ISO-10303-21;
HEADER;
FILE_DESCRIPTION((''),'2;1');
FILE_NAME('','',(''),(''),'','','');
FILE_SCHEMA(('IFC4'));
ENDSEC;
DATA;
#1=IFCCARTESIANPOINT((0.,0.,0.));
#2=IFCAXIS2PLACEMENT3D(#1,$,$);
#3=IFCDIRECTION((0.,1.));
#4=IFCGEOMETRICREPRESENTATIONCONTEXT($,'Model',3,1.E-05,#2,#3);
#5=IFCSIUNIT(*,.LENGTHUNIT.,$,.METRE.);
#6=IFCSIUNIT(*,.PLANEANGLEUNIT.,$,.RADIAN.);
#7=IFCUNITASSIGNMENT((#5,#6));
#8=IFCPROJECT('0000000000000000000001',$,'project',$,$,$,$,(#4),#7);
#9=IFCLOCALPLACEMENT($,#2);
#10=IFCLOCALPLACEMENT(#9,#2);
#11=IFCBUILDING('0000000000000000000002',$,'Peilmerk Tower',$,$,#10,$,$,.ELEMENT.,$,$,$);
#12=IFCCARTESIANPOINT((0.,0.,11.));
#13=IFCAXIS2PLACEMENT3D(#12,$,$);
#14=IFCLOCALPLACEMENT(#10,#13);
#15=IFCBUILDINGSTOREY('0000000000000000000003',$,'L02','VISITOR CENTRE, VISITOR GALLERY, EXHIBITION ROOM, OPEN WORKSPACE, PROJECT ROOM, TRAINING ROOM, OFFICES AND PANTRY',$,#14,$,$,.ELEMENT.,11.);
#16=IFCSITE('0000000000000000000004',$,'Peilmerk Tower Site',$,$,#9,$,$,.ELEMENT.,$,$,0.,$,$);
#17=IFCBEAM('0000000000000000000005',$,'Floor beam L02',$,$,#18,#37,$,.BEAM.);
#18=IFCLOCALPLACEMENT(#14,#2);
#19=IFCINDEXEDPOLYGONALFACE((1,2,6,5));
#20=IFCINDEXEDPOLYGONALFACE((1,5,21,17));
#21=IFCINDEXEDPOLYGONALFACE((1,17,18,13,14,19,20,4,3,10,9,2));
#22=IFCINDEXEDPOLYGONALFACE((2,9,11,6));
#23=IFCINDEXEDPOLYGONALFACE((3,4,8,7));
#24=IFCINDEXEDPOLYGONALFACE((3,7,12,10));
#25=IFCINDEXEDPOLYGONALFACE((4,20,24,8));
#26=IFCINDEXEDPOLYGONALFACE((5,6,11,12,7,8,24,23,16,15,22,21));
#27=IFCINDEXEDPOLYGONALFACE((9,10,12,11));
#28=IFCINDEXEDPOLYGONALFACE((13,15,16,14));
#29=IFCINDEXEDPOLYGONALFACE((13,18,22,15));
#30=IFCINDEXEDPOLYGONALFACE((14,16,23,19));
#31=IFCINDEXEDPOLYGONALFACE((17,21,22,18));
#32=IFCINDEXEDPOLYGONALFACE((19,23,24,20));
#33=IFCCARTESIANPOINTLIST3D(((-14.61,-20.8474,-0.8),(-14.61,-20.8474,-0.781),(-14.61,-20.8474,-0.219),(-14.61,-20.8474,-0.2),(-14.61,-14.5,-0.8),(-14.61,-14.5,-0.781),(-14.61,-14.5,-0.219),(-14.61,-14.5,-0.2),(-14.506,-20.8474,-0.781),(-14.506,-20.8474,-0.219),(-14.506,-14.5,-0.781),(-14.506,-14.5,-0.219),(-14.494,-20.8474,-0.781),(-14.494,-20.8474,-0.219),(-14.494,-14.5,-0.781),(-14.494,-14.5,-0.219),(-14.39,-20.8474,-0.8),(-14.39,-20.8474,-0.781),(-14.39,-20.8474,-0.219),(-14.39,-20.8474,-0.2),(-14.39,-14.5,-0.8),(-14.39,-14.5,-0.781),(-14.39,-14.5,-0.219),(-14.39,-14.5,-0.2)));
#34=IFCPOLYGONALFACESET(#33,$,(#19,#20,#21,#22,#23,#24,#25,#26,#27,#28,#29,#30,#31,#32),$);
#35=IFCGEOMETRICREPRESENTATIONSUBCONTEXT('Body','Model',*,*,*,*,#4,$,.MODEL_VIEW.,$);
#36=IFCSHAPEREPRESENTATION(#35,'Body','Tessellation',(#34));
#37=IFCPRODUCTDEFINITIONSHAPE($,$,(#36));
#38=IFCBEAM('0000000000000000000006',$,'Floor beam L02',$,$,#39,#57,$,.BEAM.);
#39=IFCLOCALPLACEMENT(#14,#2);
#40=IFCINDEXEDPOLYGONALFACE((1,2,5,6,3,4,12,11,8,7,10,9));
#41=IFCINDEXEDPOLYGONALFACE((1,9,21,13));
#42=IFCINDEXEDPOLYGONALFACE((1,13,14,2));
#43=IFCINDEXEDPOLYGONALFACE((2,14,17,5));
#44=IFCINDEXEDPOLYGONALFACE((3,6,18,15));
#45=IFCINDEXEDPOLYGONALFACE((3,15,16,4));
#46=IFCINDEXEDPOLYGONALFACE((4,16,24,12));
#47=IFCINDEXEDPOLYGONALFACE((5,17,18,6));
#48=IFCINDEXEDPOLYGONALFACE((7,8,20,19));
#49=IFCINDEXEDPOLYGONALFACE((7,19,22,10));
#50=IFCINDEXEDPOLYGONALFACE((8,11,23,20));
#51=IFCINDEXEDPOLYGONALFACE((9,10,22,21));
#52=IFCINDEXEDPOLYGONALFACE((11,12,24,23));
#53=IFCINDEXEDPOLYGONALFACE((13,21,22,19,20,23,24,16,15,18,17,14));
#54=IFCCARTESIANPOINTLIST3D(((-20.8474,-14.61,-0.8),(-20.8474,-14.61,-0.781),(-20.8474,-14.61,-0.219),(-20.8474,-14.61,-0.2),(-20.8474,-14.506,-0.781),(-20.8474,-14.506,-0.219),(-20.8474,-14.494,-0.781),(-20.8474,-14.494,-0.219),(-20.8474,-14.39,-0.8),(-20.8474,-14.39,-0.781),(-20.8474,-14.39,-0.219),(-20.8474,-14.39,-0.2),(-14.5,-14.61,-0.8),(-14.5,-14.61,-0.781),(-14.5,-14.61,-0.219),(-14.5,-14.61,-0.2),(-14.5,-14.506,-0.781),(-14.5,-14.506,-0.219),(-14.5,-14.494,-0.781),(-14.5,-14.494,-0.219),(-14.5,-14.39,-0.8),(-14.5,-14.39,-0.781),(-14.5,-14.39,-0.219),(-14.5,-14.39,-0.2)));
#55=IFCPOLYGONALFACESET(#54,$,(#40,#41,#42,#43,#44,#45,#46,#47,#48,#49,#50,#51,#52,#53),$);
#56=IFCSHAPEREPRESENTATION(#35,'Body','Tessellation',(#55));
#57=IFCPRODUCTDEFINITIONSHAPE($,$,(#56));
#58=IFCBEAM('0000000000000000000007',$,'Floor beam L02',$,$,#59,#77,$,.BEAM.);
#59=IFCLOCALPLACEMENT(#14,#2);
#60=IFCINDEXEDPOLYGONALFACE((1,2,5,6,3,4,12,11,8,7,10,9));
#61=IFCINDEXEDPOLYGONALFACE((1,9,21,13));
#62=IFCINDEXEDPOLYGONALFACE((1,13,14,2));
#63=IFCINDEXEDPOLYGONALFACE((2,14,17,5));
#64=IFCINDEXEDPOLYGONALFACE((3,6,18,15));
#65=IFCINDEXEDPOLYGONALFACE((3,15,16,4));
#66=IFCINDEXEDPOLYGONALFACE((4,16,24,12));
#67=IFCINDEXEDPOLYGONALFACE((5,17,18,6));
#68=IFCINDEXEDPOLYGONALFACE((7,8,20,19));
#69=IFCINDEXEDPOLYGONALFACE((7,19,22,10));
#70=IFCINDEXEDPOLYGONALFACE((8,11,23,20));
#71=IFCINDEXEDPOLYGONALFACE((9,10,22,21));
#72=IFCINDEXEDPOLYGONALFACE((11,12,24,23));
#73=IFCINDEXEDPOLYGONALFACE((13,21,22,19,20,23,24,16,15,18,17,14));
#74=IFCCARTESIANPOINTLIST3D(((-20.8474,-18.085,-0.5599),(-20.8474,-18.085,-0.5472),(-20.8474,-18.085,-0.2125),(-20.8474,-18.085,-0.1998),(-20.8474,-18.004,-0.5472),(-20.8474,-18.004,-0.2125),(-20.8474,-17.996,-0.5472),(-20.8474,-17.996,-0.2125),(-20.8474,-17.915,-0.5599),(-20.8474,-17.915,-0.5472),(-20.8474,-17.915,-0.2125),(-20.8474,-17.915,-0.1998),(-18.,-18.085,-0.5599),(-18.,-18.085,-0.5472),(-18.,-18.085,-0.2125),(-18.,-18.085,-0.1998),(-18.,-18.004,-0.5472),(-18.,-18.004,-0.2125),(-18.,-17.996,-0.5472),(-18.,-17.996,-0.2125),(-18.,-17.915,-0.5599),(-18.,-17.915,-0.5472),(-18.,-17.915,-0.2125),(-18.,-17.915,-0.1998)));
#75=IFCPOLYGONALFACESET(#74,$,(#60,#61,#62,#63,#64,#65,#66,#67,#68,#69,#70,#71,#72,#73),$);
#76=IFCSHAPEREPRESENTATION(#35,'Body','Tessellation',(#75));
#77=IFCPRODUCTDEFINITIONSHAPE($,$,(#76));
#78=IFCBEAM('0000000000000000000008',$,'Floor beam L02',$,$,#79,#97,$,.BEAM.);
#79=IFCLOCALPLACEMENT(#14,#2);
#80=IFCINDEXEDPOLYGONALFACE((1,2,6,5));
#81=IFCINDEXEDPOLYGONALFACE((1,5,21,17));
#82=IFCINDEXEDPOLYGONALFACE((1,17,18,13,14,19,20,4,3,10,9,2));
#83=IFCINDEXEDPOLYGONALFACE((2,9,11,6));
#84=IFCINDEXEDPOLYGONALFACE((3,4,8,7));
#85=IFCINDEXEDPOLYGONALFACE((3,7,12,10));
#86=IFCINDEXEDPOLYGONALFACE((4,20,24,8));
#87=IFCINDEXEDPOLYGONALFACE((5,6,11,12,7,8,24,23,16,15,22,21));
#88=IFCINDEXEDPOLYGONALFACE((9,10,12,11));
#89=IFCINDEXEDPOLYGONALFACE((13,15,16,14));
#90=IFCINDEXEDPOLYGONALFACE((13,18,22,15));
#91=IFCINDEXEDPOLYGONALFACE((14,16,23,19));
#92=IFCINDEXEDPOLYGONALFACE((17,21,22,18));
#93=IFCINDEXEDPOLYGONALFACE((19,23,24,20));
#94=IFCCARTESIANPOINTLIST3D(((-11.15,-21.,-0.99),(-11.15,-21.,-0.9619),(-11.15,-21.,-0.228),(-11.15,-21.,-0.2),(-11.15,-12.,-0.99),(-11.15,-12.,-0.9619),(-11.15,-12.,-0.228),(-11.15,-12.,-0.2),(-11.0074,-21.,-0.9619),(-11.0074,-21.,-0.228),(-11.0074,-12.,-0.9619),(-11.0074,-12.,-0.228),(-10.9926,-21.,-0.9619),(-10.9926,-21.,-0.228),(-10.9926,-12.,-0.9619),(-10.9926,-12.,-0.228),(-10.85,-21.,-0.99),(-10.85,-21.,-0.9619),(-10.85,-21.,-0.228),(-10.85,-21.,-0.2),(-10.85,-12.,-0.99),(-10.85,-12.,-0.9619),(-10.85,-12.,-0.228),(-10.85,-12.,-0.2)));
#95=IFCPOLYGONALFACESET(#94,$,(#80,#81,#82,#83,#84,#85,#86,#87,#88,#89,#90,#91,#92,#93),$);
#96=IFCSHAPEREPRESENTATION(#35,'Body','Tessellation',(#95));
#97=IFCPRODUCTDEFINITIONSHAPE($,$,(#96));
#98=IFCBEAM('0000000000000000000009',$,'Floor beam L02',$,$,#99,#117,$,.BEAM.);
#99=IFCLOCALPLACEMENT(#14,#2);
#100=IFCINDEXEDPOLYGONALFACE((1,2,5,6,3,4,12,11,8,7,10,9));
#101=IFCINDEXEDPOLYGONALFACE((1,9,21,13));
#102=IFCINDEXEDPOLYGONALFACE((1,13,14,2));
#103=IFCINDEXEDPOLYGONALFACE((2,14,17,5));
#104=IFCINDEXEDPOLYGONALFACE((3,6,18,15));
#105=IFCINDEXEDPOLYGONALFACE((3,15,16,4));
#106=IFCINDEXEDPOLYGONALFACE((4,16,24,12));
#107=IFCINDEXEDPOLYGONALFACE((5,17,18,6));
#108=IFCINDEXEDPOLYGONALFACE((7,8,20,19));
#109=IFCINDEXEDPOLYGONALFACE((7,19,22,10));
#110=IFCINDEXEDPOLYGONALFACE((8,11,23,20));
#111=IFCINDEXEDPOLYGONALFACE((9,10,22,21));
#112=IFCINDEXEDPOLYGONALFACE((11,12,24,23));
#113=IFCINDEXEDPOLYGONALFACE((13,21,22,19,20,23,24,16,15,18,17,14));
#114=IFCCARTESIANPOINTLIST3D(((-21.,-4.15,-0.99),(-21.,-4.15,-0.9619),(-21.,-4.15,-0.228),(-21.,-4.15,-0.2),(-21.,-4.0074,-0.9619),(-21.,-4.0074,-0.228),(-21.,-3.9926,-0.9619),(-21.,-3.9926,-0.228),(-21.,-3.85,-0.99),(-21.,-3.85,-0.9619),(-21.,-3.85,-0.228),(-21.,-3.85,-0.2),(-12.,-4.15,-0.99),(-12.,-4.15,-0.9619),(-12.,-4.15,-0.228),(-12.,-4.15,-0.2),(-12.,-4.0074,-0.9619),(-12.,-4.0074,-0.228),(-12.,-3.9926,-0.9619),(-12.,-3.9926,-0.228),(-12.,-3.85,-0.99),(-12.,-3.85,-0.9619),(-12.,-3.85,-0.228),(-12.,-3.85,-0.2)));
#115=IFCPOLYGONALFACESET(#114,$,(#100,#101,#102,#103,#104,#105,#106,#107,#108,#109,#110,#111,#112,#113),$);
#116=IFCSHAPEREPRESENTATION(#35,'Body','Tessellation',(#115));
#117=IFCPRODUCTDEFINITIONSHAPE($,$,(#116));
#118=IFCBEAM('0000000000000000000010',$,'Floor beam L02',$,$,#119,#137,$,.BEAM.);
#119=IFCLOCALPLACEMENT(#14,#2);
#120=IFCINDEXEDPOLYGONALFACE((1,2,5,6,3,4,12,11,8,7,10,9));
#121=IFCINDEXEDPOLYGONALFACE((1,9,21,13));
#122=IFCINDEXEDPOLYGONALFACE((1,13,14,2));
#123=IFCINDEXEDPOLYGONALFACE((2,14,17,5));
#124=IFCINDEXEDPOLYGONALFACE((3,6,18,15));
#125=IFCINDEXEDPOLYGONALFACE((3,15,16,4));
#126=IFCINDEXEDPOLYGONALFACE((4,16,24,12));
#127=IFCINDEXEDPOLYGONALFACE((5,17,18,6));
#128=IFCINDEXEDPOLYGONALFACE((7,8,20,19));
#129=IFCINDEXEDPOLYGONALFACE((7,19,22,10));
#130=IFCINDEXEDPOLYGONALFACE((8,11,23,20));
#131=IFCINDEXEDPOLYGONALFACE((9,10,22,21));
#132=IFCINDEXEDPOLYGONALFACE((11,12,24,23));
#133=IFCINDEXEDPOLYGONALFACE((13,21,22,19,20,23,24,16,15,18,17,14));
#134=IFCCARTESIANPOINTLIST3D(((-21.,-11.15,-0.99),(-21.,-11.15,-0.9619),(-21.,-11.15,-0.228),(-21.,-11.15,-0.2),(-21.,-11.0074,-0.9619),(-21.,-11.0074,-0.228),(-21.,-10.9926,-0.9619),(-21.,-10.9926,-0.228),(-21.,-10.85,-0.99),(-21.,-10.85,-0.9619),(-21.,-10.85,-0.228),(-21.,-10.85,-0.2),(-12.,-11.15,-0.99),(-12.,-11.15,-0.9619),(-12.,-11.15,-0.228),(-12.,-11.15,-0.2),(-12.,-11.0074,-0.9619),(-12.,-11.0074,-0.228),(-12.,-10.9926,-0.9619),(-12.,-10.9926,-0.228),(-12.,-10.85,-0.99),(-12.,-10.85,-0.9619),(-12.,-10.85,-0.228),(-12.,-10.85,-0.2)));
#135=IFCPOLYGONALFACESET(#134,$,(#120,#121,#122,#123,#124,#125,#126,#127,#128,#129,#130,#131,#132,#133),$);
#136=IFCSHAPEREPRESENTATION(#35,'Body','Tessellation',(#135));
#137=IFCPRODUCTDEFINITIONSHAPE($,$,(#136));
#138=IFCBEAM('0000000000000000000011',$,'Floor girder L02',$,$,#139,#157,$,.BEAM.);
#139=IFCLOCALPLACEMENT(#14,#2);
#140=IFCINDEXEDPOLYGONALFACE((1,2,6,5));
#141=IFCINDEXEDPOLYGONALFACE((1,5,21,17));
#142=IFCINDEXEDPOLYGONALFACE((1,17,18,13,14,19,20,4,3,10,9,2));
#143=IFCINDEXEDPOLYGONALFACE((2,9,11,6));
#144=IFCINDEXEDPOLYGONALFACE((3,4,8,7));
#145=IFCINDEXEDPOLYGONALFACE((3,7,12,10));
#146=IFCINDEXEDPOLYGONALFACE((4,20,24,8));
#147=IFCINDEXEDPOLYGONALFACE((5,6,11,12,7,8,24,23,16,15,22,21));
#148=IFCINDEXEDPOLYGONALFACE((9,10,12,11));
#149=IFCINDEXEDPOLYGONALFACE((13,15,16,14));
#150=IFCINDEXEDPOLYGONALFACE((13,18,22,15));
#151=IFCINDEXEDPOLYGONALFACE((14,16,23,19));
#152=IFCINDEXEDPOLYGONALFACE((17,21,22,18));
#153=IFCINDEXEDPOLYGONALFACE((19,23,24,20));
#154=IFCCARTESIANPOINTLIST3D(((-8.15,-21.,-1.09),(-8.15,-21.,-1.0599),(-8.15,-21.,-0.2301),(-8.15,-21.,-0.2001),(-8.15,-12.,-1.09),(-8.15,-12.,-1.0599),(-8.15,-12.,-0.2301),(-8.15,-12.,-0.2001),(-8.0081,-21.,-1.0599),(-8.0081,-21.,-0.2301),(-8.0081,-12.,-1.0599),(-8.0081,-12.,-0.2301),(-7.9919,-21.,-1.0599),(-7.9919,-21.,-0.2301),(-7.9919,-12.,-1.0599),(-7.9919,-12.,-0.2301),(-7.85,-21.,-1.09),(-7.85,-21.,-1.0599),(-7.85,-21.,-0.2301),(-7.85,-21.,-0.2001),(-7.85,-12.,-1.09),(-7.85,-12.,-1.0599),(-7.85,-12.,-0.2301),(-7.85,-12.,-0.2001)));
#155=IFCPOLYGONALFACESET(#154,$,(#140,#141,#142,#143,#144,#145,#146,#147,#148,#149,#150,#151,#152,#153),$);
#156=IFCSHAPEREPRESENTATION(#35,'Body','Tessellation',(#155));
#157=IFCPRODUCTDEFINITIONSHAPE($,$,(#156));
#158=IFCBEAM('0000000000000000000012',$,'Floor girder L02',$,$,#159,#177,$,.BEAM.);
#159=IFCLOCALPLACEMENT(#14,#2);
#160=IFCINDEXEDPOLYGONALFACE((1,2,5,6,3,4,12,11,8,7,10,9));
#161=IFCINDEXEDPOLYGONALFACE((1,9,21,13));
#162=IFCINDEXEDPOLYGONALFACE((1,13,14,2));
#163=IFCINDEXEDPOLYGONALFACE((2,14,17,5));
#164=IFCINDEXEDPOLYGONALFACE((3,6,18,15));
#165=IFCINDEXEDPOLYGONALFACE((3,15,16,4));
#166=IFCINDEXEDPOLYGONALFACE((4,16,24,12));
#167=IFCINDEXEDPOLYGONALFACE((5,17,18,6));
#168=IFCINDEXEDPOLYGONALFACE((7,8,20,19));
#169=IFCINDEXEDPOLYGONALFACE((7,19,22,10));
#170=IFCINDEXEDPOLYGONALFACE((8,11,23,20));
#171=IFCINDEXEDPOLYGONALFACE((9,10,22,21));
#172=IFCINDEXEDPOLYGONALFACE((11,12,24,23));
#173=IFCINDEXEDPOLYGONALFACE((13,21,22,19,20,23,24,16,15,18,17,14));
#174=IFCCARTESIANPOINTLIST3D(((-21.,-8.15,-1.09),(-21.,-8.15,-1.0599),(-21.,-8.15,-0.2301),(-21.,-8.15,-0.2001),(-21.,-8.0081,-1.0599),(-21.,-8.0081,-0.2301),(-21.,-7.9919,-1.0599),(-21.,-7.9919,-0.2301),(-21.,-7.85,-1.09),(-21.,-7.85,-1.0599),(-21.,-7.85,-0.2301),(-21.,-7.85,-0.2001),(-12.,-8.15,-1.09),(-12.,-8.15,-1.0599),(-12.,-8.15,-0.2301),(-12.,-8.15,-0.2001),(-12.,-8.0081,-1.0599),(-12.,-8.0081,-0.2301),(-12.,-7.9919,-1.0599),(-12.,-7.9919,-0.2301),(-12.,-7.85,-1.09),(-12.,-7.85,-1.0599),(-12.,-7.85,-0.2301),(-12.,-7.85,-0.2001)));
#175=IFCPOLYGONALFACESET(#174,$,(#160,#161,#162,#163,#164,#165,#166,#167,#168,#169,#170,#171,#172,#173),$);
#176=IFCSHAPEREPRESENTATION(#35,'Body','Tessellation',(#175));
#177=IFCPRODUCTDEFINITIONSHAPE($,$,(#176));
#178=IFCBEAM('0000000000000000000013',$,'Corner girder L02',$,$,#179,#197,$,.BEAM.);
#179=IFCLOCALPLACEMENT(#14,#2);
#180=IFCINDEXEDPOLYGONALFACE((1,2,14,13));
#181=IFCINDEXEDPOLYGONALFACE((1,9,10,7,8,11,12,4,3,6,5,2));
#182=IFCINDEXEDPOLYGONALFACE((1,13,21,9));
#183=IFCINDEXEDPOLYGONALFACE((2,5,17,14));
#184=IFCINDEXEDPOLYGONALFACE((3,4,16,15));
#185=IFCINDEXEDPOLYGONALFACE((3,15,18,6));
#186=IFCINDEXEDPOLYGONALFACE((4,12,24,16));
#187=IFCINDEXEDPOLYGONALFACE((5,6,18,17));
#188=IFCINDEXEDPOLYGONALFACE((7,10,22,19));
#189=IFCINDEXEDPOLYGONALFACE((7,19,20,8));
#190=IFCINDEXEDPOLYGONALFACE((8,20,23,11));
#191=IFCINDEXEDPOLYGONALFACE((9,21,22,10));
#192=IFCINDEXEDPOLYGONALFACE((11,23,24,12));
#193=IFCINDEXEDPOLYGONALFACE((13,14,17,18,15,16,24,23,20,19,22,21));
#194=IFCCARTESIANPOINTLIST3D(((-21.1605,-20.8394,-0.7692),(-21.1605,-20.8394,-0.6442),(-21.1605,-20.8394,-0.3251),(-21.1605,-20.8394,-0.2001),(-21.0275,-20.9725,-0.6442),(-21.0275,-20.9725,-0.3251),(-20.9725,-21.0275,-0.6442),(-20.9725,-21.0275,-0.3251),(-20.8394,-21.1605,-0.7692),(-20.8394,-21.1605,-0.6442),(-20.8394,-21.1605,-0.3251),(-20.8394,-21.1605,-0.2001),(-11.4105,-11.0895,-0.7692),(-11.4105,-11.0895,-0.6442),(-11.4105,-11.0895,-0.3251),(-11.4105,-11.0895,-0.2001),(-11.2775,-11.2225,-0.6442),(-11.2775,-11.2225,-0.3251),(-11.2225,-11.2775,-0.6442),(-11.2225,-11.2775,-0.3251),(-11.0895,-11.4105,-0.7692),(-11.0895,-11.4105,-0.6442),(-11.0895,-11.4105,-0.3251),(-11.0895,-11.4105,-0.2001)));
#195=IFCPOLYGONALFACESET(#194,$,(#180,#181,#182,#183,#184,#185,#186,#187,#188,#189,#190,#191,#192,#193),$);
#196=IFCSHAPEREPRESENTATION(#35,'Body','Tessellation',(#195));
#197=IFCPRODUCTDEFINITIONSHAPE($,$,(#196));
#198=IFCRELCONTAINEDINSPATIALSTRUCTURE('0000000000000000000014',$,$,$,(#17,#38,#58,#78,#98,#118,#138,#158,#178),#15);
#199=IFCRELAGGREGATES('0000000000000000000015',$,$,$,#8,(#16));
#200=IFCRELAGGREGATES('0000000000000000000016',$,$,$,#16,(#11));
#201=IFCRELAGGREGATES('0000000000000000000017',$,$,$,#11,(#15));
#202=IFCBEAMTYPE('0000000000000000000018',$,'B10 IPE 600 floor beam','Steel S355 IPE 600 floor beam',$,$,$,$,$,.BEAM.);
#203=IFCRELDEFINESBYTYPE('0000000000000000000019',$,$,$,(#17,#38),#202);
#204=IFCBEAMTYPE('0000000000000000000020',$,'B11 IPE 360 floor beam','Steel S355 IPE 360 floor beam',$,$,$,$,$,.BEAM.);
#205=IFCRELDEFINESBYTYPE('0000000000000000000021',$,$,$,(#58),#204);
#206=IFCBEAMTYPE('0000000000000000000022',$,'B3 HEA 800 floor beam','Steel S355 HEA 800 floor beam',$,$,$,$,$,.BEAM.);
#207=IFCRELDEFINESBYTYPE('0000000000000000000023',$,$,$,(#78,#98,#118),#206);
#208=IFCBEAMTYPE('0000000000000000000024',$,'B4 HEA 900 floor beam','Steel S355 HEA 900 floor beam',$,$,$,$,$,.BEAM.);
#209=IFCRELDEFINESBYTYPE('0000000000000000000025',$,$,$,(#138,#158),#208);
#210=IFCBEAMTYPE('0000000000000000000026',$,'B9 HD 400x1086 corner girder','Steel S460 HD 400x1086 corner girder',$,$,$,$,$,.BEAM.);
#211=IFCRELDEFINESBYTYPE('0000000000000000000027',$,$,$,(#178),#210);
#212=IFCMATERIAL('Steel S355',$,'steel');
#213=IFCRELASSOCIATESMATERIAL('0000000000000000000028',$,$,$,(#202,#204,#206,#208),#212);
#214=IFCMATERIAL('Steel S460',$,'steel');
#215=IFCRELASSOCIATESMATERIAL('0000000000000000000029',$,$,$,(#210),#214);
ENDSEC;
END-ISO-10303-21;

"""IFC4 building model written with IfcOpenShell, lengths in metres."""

from ifc_helpers import new_model, si_unit, direction, frame, origin, origin_2d, place, context, subcontext, project, spatial, i_section, extrude, material, material_profile, profile_set, type_object, element, save


model = new_model("IFC4")

# Units and contexts
model_context = context("Model", 3, precision=1e-05, world=origin(), true_north=direction((0.0, 1.0)))
body_context = subcontext(model_context, "Body", "Model", "MODEL_VIEW")
ifc_project = project(units=[si_unit("LENGTHUNIT", "METRE"), si_unit("PLANEANGLEUNIT", "RADIAN")], contexts=[model_context])

# Site, building, storey
site_placement = place(None, origin())
site = spatial("IfcSite", under=ifc_project, at=site_placement, Name="Peilmerk Tower Site", CompositionType="ELEMENT", RefElevation=0.0)
building_placement = place(site_placement, origin())
building = spatial("IfcBuilding", under=site, at=building_placement, Name="Peilmerk Tower", CompositionType="ELEMENT")
storey_placement = place(building_placement, frame((0.0, 0.0, 11.0)))
storey = spatial("IfcBuildingStorey", under=building, at=storey_placement, Name="L02", Description="VISITOR CENTRE, VISITOR GALLERY, EXHIBITION ROOM, OPEN WORKSPACE, PROJECT ROOM, TRAINING ROOM, OFFICES AND PANTRY", CompositionType="ELEMENT", Elevation=11.0)

# Beams
ifc_material_1 = material(Name="Steel S355", Category="steel")
ifc_material_profile_1 = material_profile(ifc_material_1, i_section(OverallWidth=0.22, OverallDepth=0.6001, WebThickness=0.012, FlangeThickness=0.019, at=origin_2d()), Name="IPE 600")
ifc_profile_set_1 = profile_set([ifc_material_profile_1], Name="Steel S355")
beam_type_1 = type_object("IfcBeamType", Name="B10 IPE 600 floor beam", Description="Steel S355 IPE 600 floor beam", PredefinedType="BEAM", material=ifc_profile_set_1)
for number, where, z_axis, x_axis, name in (
    (1, (-14.5, -14.5, -0.5), (0.0, -1.0, 0.0), (1.0, 0.0, 0.0), "Floor beam L02"),
    (2, (-14.5, -14.5, -0.5), (-1.0, 0.0, 0.0), (0.0, -1.0, 0.0), "Floor beam L02"),
):
    element("IfcBeam", number, at=place(storey_placement, frame(where, z_axis=z_axis, x_axis=x_axis)), inside=storey, type_object=beam_type_1, Name=name, PredefinedType="BEAM", context=body_context, shape_type="SweptSolid", body=[
        extrude(i_section(OverallWidth=0.22, OverallDepth=0.6001, WebThickness=0.012, FlangeThickness=0.019, at=origin_2d()), origin(), (0.0, 0.0, 1.0), 6.3474),
    ])
ifc_material_profile_2 = material_profile(ifc_material_1, i_section(OverallWidth=0.1699, OverallDepth=0.3601, WebThickness=0.0081, FlangeThickness=0.0127, at=origin_2d()), Name="IPE 360")
ifc_profile_set_2 = profile_set([ifc_material_profile_2], Name="Steel S355")
beam_type_2 = type_object("IfcBeamType", Name="B11 IPE 360 floor beam", Description="Steel S355 IPE 360 floor beam", PredefinedType="BEAM", material=ifc_profile_set_2)
beam_1_placement = place(storey_placement, frame((-18.0, -18.0, -0.3799), z_axis=(-1.0, 0.0, 0.0), x_axis=(0.0, -1.0, 0.0)))
element("IfcBeam", 3, at=beam_1_placement, inside=storey, type_object=beam_type_2, Name="Floor beam L02", PredefinedType="BEAM", context=body_context, shape_type="SweptSolid", body=[
    extrude(i_section(OverallWidth=0.1699, OverallDepth=0.3601, WebThickness=0.0081, FlangeThickness=0.0127, at=origin_2d()), origin(), (0.0, 0.0, 1.0), 2.8474),
])
ifc_material_profile_3 = material_profile(ifc_material_1, i_section(OverallWidth=0.3, OverallDepth=0.79, WebThickness=0.0149, FlangeThickness=0.0281, at=origin_2d()), Name="HEA 800")
ifc_profile_set_3 = profile_set([ifc_material_profile_3], Name="Steel S355")
beam_type_3 = type_object("IfcBeamType", Name="B3 HEA 800 floor beam", Description="Steel S355 HEA 800 floor beam", PredefinedType="BEAM", material=ifc_profile_set_3)
for number, where, z_axis, x_axis, name in (
    (4, (-11.0, -12.0, -0.595), (0.0, -1.0, 0.0), (1.0, 0.0, 0.0), "Floor beam L02"),
    (5, (-12.0, -4.0, -0.595), (-1.0, 0.0, 0.0), (0.0, -1.0, 0.0), "Floor beam L02"),
    (6, (-12.0, -11.0, -0.595), (-1.0, 0.0, 0.0), (0.0, -1.0, 0.0), "Floor beam L02"),
):
    element("IfcBeam", number, at=place(storey_placement, frame(where, z_axis=z_axis, x_axis=x_axis)), inside=storey, type_object=beam_type_3, Name=name, PredefinedType="BEAM", context=body_context, shape_type="SweptSolid", body=[
        extrude(i_section(OverallWidth=0.3, OverallDepth=0.79, WebThickness=0.0149, FlangeThickness=0.0281, at=origin_2d()), origin(), (0.0, 0.0, 1.0), 9.0),
    ])
ifc_material_profile_4 = material_profile(ifc_material_1, i_section(OverallWidth=0.3, OverallDepth=0.8899, WebThickness=0.0161, FlangeThickness=0.03, at=origin_2d()), Name="HEA 900")
ifc_profile_set_4 = profile_set([ifc_material_profile_4], Name="Steel S355")
beam_type_4 = type_object("IfcBeamType", Name="B4 HEA 900 floor beam", Description="Steel S355 HEA 900 floor beam", PredefinedType="BEAM", material=ifc_profile_set_4)
for number, where, z_axis, x_axis, name in (
    (7, (-8.0, -12.0, -0.645), (0.0, -1.0, 0.0), (1.0, 0.0, 0.0), "Floor girder L02"),
    (8, (-12.0, -8.0, -0.645), (-1.0, 0.0, 0.0), (0.0, -1.0, 0.0), "Floor girder L02"),
):
    element("IfcBeam", number, at=place(storey_placement, frame(where, z_axis=z_axis, x_axis=x_axis)), inside=storey, type_object=beam_type_4, Name=name, PredefinedType="BEAM", context=body_context, shape_type="SweptSolid", body=[
        extrude(i_section(OverallWidth=0.3, OverallDepth=0.8899, WebThickness=0.0161, FlangeThickness=0.03, at=origin_2d()), origin(), (0.0, 0.0, 1.0), 9.0),
    ])
ifc_material_2 = material(Name="Steel S460", Category="steel")
ifc_material_profile_5 = material_profile(ifc_material_2, i_section(OverallWidth=0.4541, OverallDepth=0.5691, WebThickness=0.0779, FlangeThickness=0.125, at=origin_2d()), Name="HD 400x1086")
ifc_profile_set_5 = profile_set([ifc_material_profile_5], Name="Steel S460")
beam_type_5 = type_object("IfcBeamType", Name="B9 HD 400x1086 corner girder", Description="Steel S460 HD 400x1086 corner girder", PredefinedType="BEAM", material=ifc_profile_set_5)
beam_2_placement = place(storey_placement, frame((-11.25, -11.25, -0.4846), z_axis=(-0.707107, -0.707107, 0.0), x_axis=(0.707107, -0.707107, 0.0)))
element("IfcBeam", 9, at=beam_2_placement, inside=storey, type_object=beam_type_5, Name="Corner girder L02", PredefinedType="BEAM", context=body_context, shape_type="SweptSolid", body=[
    extrude(i_section(OverallWidth=0.4541, OverallDepth=0.5691, WebThickness=0.0779, FlangeThickness=0.125, at=origin_2d()), origin(), (0.0, 0.0, 1.0), 13.7886),
])

save(model, "model.ifc")
